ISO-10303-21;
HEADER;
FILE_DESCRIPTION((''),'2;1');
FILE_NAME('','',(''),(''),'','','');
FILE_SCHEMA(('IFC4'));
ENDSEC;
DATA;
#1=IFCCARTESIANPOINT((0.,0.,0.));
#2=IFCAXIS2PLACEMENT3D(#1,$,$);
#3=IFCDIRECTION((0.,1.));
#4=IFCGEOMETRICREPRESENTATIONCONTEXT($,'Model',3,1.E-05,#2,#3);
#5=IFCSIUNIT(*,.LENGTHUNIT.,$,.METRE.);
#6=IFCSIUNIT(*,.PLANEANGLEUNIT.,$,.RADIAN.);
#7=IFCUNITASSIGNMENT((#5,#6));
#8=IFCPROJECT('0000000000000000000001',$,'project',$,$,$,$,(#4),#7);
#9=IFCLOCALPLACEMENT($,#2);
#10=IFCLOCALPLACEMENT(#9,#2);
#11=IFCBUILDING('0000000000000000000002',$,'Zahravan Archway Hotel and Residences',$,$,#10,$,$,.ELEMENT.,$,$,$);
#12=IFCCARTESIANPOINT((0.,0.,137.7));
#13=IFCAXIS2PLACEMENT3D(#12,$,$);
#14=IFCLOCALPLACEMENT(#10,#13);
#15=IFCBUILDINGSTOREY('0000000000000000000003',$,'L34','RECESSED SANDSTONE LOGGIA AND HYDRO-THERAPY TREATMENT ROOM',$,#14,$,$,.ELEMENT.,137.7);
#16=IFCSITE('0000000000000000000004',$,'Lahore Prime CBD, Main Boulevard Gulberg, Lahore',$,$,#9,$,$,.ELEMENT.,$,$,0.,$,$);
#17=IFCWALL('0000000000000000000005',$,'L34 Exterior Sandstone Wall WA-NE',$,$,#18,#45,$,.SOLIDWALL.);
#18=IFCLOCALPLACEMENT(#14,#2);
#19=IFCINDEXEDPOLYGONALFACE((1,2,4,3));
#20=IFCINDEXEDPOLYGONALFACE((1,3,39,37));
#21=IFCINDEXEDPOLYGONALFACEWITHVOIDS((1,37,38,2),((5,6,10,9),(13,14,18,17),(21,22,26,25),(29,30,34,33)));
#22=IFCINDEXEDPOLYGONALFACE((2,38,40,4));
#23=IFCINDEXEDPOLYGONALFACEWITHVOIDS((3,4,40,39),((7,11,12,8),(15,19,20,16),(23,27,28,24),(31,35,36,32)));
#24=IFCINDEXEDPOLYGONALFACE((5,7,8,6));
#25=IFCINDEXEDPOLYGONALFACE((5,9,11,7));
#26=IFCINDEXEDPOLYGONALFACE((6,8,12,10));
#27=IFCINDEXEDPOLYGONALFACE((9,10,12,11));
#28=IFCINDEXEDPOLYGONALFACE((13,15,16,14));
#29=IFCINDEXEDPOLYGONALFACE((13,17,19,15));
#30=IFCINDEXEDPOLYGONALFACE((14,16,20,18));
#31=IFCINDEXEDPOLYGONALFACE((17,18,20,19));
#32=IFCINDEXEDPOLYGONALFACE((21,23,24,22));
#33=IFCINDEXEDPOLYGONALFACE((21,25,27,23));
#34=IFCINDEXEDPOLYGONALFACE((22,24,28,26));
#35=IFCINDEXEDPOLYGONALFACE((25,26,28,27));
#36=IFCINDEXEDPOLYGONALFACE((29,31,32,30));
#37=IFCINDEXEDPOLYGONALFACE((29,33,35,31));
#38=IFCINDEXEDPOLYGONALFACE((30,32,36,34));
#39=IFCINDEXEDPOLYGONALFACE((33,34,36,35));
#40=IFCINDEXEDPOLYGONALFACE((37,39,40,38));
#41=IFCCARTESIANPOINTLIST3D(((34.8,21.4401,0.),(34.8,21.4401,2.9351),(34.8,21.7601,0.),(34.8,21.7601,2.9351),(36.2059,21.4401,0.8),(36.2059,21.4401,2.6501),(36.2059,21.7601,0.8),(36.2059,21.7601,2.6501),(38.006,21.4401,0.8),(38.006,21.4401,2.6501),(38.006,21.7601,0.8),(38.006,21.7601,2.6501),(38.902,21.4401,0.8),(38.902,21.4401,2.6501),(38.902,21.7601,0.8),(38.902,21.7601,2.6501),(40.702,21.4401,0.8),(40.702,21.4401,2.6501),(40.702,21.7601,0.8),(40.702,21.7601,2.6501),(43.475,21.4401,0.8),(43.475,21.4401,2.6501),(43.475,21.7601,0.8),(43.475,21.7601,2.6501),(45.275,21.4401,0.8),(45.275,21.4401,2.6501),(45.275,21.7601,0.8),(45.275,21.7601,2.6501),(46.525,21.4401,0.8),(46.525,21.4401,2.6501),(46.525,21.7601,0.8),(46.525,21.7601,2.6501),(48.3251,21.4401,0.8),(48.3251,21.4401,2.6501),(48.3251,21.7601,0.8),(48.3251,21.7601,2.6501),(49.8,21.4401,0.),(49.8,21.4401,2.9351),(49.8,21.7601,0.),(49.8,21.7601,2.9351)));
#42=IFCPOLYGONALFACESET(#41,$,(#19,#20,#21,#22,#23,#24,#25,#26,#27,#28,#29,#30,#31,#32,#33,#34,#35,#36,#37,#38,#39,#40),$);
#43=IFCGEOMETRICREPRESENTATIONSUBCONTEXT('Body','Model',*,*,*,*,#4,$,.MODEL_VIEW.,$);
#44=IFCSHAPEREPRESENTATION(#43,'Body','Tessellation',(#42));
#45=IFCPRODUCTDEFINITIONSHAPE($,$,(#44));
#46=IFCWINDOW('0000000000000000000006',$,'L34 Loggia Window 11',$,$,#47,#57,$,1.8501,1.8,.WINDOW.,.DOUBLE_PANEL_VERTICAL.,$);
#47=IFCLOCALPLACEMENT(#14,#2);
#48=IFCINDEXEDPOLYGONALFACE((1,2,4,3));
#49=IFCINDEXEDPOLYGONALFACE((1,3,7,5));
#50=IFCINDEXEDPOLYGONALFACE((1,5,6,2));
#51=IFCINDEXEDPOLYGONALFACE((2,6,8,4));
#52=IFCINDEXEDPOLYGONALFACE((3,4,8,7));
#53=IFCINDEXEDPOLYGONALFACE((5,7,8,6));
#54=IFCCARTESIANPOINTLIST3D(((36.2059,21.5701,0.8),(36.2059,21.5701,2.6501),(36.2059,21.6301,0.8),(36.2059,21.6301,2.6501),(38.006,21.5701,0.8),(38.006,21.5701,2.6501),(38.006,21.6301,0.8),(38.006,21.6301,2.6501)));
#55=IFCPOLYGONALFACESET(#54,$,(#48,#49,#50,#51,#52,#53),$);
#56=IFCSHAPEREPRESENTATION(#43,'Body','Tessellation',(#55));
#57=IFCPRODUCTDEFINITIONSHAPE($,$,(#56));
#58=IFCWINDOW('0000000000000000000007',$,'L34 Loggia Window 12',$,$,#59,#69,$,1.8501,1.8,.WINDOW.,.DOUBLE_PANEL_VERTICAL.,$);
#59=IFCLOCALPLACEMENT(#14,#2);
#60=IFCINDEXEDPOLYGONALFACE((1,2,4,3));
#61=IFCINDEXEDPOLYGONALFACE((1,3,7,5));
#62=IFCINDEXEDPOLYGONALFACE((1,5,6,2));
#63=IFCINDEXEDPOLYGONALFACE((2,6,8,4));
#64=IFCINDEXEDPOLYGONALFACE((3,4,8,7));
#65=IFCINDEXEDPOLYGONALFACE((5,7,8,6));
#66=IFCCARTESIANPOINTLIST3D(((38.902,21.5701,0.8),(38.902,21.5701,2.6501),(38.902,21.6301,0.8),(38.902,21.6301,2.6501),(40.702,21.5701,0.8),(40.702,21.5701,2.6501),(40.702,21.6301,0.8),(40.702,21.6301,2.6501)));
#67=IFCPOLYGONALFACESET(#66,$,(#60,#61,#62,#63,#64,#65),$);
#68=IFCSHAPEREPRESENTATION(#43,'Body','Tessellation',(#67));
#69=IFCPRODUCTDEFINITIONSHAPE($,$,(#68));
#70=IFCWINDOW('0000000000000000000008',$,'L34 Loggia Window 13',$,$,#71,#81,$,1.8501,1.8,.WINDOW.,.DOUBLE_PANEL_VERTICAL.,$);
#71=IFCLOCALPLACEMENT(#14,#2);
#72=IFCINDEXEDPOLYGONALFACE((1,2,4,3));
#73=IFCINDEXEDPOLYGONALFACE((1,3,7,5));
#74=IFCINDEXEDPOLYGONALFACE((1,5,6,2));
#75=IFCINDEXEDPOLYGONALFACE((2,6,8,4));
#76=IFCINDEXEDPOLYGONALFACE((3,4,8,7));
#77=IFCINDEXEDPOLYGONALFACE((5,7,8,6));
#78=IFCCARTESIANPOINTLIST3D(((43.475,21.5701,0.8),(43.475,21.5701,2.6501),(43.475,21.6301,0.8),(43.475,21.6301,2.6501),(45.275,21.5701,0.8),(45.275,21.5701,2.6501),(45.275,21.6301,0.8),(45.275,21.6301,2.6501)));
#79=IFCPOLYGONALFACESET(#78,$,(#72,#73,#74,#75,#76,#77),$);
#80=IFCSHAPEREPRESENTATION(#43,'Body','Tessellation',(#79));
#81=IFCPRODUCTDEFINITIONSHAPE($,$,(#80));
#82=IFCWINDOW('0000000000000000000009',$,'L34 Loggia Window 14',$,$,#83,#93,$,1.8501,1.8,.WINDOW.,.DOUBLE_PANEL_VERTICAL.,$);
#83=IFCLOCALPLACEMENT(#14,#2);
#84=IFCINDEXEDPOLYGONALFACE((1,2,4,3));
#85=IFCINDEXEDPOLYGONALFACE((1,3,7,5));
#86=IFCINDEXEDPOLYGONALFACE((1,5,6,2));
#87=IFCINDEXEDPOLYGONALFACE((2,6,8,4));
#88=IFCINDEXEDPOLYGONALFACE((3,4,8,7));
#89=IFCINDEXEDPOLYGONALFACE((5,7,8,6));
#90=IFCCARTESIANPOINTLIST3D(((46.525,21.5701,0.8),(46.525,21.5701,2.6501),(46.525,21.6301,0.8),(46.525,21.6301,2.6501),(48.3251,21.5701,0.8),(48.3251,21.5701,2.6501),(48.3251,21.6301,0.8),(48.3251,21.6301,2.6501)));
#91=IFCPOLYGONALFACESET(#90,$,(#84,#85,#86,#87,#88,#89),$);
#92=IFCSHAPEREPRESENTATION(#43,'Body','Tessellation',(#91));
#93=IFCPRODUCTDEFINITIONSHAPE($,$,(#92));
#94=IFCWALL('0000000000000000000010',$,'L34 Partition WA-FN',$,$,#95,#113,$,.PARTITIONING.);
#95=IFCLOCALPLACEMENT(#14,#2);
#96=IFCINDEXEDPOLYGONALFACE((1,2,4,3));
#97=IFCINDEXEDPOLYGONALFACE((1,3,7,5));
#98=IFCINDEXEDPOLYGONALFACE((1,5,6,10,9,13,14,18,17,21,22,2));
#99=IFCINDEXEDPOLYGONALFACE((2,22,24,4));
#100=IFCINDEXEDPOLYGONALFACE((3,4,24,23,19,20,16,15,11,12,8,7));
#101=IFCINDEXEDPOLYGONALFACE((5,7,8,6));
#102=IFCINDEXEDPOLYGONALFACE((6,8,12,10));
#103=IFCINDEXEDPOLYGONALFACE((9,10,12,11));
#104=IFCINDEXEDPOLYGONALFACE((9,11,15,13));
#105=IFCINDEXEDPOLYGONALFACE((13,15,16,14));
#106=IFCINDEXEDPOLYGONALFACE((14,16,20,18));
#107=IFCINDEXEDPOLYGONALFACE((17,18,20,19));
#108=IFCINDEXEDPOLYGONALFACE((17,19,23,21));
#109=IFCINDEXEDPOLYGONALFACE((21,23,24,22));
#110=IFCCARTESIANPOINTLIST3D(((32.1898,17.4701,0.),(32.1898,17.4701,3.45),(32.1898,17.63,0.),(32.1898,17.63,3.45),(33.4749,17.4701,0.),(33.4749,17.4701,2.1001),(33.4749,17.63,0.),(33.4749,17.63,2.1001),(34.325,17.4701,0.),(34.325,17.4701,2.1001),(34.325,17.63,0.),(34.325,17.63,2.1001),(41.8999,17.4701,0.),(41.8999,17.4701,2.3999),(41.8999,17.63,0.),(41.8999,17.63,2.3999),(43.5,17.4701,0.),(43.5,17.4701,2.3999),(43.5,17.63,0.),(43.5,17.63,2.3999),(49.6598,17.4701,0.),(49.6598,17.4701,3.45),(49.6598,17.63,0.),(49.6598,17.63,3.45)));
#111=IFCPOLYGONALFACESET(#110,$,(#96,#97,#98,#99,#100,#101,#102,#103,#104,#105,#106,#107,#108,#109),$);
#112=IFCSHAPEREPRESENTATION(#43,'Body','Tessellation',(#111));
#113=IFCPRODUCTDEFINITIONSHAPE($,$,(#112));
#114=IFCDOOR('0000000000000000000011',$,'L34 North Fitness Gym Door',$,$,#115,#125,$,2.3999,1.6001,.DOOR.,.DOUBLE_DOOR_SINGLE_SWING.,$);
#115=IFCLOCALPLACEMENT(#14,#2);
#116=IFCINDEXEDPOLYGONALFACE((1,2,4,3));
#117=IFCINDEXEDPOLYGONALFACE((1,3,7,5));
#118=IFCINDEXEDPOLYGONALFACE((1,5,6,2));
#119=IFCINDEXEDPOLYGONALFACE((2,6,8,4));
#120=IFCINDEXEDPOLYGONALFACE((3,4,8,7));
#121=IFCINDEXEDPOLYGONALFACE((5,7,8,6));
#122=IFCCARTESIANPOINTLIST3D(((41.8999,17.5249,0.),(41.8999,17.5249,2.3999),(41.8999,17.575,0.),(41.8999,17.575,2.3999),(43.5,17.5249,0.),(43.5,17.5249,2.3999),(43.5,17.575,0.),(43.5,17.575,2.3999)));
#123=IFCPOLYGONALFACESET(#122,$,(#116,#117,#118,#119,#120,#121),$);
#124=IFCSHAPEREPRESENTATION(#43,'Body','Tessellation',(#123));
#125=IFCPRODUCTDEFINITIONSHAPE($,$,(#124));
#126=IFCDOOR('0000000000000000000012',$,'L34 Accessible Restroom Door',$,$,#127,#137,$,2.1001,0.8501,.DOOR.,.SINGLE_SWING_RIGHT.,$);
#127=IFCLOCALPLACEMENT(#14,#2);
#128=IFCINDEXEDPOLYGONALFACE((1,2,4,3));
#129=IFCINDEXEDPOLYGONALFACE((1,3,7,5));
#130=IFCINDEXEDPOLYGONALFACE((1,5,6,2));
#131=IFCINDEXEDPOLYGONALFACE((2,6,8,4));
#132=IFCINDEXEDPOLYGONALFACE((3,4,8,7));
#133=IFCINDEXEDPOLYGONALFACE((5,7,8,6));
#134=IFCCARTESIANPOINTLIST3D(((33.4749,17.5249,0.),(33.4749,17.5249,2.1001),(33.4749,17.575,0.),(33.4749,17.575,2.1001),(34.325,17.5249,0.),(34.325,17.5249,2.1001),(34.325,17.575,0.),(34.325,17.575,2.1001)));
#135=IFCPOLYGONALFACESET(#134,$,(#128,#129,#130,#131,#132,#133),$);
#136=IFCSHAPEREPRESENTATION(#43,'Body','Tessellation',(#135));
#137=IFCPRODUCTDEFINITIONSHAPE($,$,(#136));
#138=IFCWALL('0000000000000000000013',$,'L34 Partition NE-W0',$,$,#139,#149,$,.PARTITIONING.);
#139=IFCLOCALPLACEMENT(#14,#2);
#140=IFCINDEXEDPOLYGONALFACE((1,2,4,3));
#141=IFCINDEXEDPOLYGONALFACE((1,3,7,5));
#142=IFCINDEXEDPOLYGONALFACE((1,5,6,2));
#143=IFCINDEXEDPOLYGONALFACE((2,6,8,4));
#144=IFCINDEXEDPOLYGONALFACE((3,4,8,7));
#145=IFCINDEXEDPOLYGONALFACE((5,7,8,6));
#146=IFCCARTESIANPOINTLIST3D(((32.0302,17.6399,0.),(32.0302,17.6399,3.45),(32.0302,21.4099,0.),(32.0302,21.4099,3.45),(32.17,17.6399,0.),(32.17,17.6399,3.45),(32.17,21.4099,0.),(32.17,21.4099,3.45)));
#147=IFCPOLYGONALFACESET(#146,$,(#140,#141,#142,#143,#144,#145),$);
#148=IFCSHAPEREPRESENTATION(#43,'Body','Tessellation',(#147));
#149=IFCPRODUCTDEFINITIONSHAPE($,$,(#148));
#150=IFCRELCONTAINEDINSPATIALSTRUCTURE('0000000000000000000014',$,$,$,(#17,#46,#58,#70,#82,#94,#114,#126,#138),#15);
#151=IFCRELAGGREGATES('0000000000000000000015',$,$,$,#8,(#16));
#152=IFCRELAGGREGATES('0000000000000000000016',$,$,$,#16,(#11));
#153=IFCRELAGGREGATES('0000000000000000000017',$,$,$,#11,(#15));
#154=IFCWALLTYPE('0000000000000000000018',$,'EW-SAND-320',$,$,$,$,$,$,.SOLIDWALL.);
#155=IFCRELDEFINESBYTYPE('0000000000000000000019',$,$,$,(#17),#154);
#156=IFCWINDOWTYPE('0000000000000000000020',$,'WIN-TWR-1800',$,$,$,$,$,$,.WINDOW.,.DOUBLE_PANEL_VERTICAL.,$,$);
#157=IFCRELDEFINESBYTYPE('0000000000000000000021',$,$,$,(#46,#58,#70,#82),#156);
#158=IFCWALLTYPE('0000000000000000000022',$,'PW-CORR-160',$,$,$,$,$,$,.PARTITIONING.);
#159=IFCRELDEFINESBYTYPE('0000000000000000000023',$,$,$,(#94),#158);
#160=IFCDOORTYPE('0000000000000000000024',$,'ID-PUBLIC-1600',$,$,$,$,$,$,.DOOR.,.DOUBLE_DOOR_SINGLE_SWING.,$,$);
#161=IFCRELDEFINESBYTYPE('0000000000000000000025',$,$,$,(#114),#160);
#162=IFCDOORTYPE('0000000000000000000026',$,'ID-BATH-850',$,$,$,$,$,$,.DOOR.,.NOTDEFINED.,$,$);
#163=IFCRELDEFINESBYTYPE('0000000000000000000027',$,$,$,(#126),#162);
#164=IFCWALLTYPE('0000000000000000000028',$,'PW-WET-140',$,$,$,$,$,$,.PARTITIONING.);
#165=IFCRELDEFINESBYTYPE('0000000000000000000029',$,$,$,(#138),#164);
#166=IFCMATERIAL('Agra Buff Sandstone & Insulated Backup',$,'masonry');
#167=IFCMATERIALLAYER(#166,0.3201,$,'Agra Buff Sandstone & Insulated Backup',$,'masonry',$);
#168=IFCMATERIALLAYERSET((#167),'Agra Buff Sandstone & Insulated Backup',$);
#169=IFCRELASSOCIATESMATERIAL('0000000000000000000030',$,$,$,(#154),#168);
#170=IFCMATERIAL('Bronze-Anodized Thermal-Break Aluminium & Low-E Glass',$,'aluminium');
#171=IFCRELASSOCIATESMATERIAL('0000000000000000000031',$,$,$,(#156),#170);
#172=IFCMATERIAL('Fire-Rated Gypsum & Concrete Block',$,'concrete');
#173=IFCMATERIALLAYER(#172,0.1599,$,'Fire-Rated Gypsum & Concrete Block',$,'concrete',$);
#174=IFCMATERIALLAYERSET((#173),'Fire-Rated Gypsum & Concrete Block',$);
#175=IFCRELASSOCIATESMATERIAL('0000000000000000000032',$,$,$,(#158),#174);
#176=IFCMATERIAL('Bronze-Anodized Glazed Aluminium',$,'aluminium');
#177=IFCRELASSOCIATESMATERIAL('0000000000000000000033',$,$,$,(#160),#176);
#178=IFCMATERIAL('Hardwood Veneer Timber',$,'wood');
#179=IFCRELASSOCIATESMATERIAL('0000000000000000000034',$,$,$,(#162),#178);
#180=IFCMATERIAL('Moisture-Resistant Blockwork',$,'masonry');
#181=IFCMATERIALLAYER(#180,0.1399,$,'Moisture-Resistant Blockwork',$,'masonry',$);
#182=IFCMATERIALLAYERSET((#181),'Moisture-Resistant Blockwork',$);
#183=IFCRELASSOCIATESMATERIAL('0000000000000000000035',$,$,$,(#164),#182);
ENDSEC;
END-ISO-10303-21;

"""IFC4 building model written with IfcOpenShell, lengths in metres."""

from ifc_helpers import new_model, si_unit, direction, frame, frame_2d, origin, place, context, subcontext, project, spatial, rectangle, extrude, source, transform, mapped, material, layer, layer_set, type_object, type_shapes, element, fill, save


model = new_model("IFC4")

# Units and contexts
model_context = context("Model", 3, precision=1e-05, world=origin(), true_north=direction((0.0, 1.0)))
body_context = subcontext(model_context, "Body", "Model", "MODEL_VIEW")
ifc_project = project(units=[si_unit("LENGTHUNIT", "METRE"), si_unit("PLANEANGLEUNIT", "RADIAN")], contexts=[model_context])

# Site, building, storey
site_placement = place(None, origin())
site = spatial("IfcSite", under=ifc_project, at=site_placement, Name="Lahore Prime CBD, Main Boulevard Gulberg, Lahore", CompositionType="ELEMENT", RefElevation=0.0)
building_placement = place(site_placement, origin())
building = spatial("IfcBuilding", under=site, at=building_placement, Name="Zahravan Archway Hotel and Residences", CompositionType="ELEMENT")
storey_placement = place(building_placement, frame((0.0, 0.0, 137.7)))
storey = spatial("IfcBuildingStorey", under=building, at=storey_placement, Name="L34", Description="RECESSED SANDSTONE LOGGIA AND HYDRO-THERAPY TREATMENT ROOM", CompositionType="ELEMENT", Elevation=137.7)

# Wall, openings, windows
ifc_material_1 = material(Name="Agra Buff Sandstone & Insulated Backup", Category="masonry")
ifc_layer_1 = layer(ifc_material_1, 0.3201, Name="Agra Buff Sandstone & Insulated Backup", Category="masonry")
ifc_layer_set_1 = layer_set([ifc_layer_1], Name="Agra Buff Sandstone & Insulated Backup")
wall_type_1 = type_object("IfcWallType", Name="EW-SAND-320", PredefinedType="SOLIDWALL", material=ifc_layer_set_1)
wall_1_placement = place(storey_placement, frame((34.8, 21.6001, 0.0), z_axis=(0.0, 0.0, 1.0), x_axis=(1.0, 0.0, 0.0)))
wall_1 = element("IfcWall", 1, at=wall_1_placement, inside=storey, type_object=wall_type_1, Name="L34 Exterior Sandstone Wall WA-NE", PredefinedType="SOLIDWALL", context=body_context, shape_type="SweptSolid", body=[
    extrude(rectangle(XDim=15.0, YDim=0.3201, at=frame_2d((7.5, 0.0))), origin(), (0.0, 0.0, 1.0), 2.9351),
])
opening_1_placement = place(wall_1_placement, frame((1.406, 0.0, 0.8)))
opening_1 = element("IfcOpeningElement", 2, at=opening_1_placement, cuts=wall_1, PredefinedType="OPENING", context=body_context, shape_type="SweptSolid", body=[
    extrude(rectangle(XDim=1.8, YDim=1.8501, at=frame_2d((0.8999, 0.925))), frame((0.0, 0.1699, 0.0), z_axis=(0.0, -1.0, 0.0), x_axis=(1.0, 0.0, 0.0)), (0.0, 0.0, 1.0), 0.3401),
])
opening_2_placement = place(wall_1_placement, frame((4.1021, 0.0, 0.8)))
opening_2 = element("IfcOpeningElement", 3, at=opening_2_placement, cuts=wall_1, PredefinedType="OPENING", context=body_context, shape_type="SweptSolid", body=[
    extrude(rectangle(XDim=1.8, YDim=1.8501, at=frame_2d((0.8999, 0.925))), frame((0.0, 0.1699, 0.0), z_axis=(0.0, -1.0, 0.0), x_axis=(1.0, 0.0, 0.0)), (0.0, 0.0, 1.0), 0.3401),
])
opening_3_placement = place(wall_1_placement, frame((8.675, 0.0, 0.8)))
opening_3 = element("IfcOpeningElement", 4, at=opening_3_placement, cuts=wall_1, PredefinedType="OPENING", context=body_context, shape_type="SweptSolid", body=[
    extrude(rectangle(XDim=1.8, YDim=1.8501, at=frame_2d((0.8999, 0.925))), frame((0.0, 0.1699, 0.0), z_axis=(0.0, -1.0, 0.0), x_axis=(1.0, 0.0, 0.0)), (0.0, 0.0, 1.0), 0.3401),
])
opening_4_placement = place(wall_1_placement, frame((11.7251, 0.0, 0.8)))
opening_4 = element("IfcOpeningElement", 5, at=opening_4_placement, cuts=wall_1, PredefinedType="OPENING", context=body_context, shape_type="SweptSolid", body=[
    extrude(rectangle(XDim=1.8, YDim=1.8501, at=frame_2d((0.8999, 0.925))), frame((0.0, 0.1699, 0.0), z_axis=(0.0, -1.0, 0.0), x_axis=(1.0, 0.0, 0.0)), (0.0, 0.0, 1.0), 0.3401),
])
ifc_material_2 = material(Name="Bronze-Anodized Thermal-Break Aluminium & Low-E Glass", Category="aluminium")
window_type = type_object("IfcWindowType", Name="WIN-TWR-1800", PartitioningType="DOUBLE_PANEL_VERTICAL", PredefinedType="WINDOW", material=ifc_material_2)
shared_shape_1 = source(origin(), body_context, "Body", "SweptSolid", [
    extrude(rectangle(XDim=1.8, YDim=1.8501, at=frame_2d((0.8999, 0.925))), frame((0.0, 0.03, 0.0), z_axis=(0.0, -1.0, 0.0), x_axis=(1.0, 0.0, 0.0)), (0.0, 0.0, 1.0), 0.0601),
])
type_shapes(window_type, [shared_shape_1])
window_1_placement = place(opening_1_placement, origin())
window_1 = element("IfcWindow", 6, at=window_1_placement, inside=storey, type_object=window_type, Name="L34 Loggia Window 11", OverallHeight=1.8501, OverallWidth=1.8, PartitioningType="DOUBLE_PANEL_VERTICAL", PredefinedType="WINDOW", context=body_context, shape_type="MappedRepresentation", body=[
    mapped(shared_shape_1, transform((0.0, 0.0, 0.0), scale=1.0)),
])
fill(opening_1, window_1)
window_2_placement = place(opening_2_placement, origin())
window_2 = element("IfcWindow", 7, at=window_2_placement, inside=storey, type_object=window_type, Name="L34 Loggia Window 12", OverallHeight=1.8501, OverallWidth=1.8, PartitioningType="DOUBLE_PANEL_VERTICAL", PredefinedType="WINDOW", context=body_context, shape_type="MappedRepresentation", body=[
    mapped(shared_shape_1, transform((0.0, 0.0, 0.0), scale=1.0)),
])
fill(opening_2, window_2)
window_3_placement = place(opening_3_placement, origin())
window_3 = element("IfcWindow", 8, at=window_3_placement, inside=storey, type_object=window_type, Name="L34 Loggia Window 13", OverallHeight=1.8501, OverallWidth=1.8, PartitioningType="DOUBLE_PANEL_VERTICAL", PredefinedType="WINDOW", context=body_context, shape_type="MappedRepresentation", body=[
    mapped(shared_shape_1, transform((0.0, 0.0, 0.0), scale=1.0)),
])
fill(opening_3, window_3)
window_4_placement = place(opening_4_placement, origin())
window_4 = element("IfcWindow", 9, at=window_4_placement, inside=storey, type_object=window_type, Name="L34 Loggia Window 14", OverallHeight=1.8501, OverallWidth=1.8, PartitioningType="DOUBLE_PANEL_VERTICAL", PredefinedType="WINDOW", context=body_context, shape_type="MappedRepresentation", body=[
    mapped(shared_shape_1, transform((0.0, 0.0, 0.0), scale=1.0)),
])
fill(opening_4, window_4)

# Wall, openings, doors
ifc_material_3 = material(Name="Fire-Rated Gypsum & Concrete Block", Category="concrete")
ifc_layer_2 = layer(ifc_material_3, 0.1599, Name="Fire-Rated Gypsum & Concrete Block", Category="concrete")
ifc_layer_set_2 = layer_set([ifc_layer_2], Name="Fire-Rated Gypsum & Concrete Block")
wall_type_2 = type_object("IfcWallType", Name="PW-CORR-160", PredefinedType="PARTITIONING", material=ifc_layer_set_2)
wall_2_placement = place(storey_placement, frame((32.1899, 17.55, 0.0), z_axis=(0.0, 0.0, 1.0), x_axis=(1.0, 0.0, 0.0)))
wall_2 = element("IfcWall", 10, at=wall_2_placement, inside=storey, type_object=wall_type_2, Name="L34 Partition WA-FN", PredefinedType="PARTITIONING", context=body_context, shape_type="SweptSolid", body=[
    extrude(rectangle(XDim=17.47, YDim=0.1599, at=frame_2d((8.7349, 0.0))), origin(), (0.0, 0.0, 1.0), 3.45),
])
opening_5_placement = place(wall_2_placement, frame((1.2849, 0.0, 0.0)))
opening_5 = element("IfcOpeningElement", 11, at=opening_5_placement, cuts=wall_2, PredefinedType="OPENING", context=body_context, shape_type="SweptSolid", body=[
    extrude(rectangle(XDim=0.8501, YDim=2.1001, at=frame_2d((0.425, 1.05))), frame((0.0, 0.0898, 0.0), z_axis=(0.0, -1.0, 0.0), x_axis=(1.0, 0.0, 0.0)), (0.0, 0.0, 1.0), 0.1799),
])
opening_6_placement = place(wall_2_placement, frame((9.71, 0.0, 0.0)))
opening_6 = element("IfcOpeningElement", 12, at=opening_6_placement, cuts=wall_2, PredefinedType="OPENING", context=body_context, shape_type="SweptSolid", body=[
    extrude(rectangle(XDim=1.6001, YDim=2.3999, at=frame_2d((0.8, 1.2))), frame((0.0, 0.0898, 0.0), z_axis=(0.0, -1.0, 0.0), x_axis=(1.0, 0.0, 0.0)), (0.0, 0.0, 1.0), 0.1799),
])
ifc_material_4 = material(Name="Bronze-Anodized Glazed Aluminium", Category="aluminium")
door_type_1 = type_object("IfcDoorType", Name="ID-PUBLIC-1600", OperationType="DOUBLE_DOOR_SINGLE_SWING", PredefinedType="DOOR", material=ifc_material_4)
shared_shape_2 = source(origin(), body_context, "Body", "SweptSolid", [
    extrude(rectangle(XDim=1.6001, YDim=2.3999, at=frame_2d((0.8, 1.2))), frame((0.0, 0.0249, 0.0), z_axis=(0.0, -1.0, 0.0), x_axis=(1.0, 0.0, 0.0)), (0.0, 0.0, 1.0), 0.05),
])
type_shapes(door_type_1, [shared_shape_2])
door_1_placement = place(opening_6_placement, origin())
door_1 = element("IfcDoor", 13, at=door_1_placement, inside=storey, type_object=door_type_1, Name="L34 North Fitness Gym Door", OperationType="DOUBLE_DOOR_SINGLE_SWING", OverallHeight=2.3999, OverallWidth=1.6001, PredefinedType="DOOR", context=body_context, shape_type="MappedRepresentation", body=[
    mapped(shared_shape_2, transform((0.0, 0.0, 0.0), scale=1.0)),
])
fill(opening_6, door_1)
ifc_material_5 = material(Name="Hardwood Veneer Timber", Category="wood")
door_type_2 = type_object("IfcDoorType", Name="ID-BATH-850", OperationType="NOTDEFINED", PredefinedType="DOOR", material=ifc_material_5)
shared_shape_3 = source(origin(), body_context, "Body", "SweptSolid", [
    extrude(rectangle(XDim=0.8501, YDim=2.1001, at=frame_2d((0.425, 1.05))), frame((0.0, 0.0249, 0.0), z_axis=(0.0, -1.0, 0.0), x_axis=(1.0, 0.0, 0.0)), (0.0, 0.0, 1.0), 0.05),
])
type_shapes(door_type_2, [shared_shape_3])
door_2_placement = place(opening_5_placement, origin())
door_2 = element("IfcDoor", 14, at=door_2_placement, inside=storey, type_object=door_type_2, Name="L34 Accessible Restroom Door", OperationType="SINGLE_SWING_RIGHT", OverallHeight=2.1001, OverallWidth=0.8501, PredefinedType="DOOR", context=body_context, shape_type="MappedRepresentation", body=[
    mapped(shared_shape_3, transform((0.0, 0.0, 0.0), scale=1.0)),
])
fill(opening_5, door_2)

# Wall
ifc_material_6 = material(Name="Moisture-Resistant Blockwork", Category="masonry")
ifc_layer_3 = layer(ifc_material_6, 0.1399, Name="Moisture-Resistant Blockwork", Category="masonry")
ifc_layer_set_3 = layer_set([ifc_layer_3], Name="Moisture-Resistant Blockwork")
wall_type_3 = type_object("IfcWallType", Name="PW-WET-140", PredefinedType="PARTITIONING", material=ifc_layer_set_3)
wall_3_placement = place(storey_placement, frame((32.1001, 17.6399, 0.0), z_axis=(0.0, 0.0, 1.0), x_axis=(0.0, 1.0, 0.0)))
element("IfcWall", 15, at=wall_3_placement, inside=storey, type_object=wall_type_3, Name="L34 Partition NE-W0", PredefinedType="PARTITIONING", context=body_context, shape_type="SweptSolid", body=[
    extrude(rectangle(XDim=3.77, YDim=0.1399, at=frame_2d((1.885, 0.0))), origin(), (0.0, 0.0, 1.0), 3.45),
])

save(model, "model.ifc")
